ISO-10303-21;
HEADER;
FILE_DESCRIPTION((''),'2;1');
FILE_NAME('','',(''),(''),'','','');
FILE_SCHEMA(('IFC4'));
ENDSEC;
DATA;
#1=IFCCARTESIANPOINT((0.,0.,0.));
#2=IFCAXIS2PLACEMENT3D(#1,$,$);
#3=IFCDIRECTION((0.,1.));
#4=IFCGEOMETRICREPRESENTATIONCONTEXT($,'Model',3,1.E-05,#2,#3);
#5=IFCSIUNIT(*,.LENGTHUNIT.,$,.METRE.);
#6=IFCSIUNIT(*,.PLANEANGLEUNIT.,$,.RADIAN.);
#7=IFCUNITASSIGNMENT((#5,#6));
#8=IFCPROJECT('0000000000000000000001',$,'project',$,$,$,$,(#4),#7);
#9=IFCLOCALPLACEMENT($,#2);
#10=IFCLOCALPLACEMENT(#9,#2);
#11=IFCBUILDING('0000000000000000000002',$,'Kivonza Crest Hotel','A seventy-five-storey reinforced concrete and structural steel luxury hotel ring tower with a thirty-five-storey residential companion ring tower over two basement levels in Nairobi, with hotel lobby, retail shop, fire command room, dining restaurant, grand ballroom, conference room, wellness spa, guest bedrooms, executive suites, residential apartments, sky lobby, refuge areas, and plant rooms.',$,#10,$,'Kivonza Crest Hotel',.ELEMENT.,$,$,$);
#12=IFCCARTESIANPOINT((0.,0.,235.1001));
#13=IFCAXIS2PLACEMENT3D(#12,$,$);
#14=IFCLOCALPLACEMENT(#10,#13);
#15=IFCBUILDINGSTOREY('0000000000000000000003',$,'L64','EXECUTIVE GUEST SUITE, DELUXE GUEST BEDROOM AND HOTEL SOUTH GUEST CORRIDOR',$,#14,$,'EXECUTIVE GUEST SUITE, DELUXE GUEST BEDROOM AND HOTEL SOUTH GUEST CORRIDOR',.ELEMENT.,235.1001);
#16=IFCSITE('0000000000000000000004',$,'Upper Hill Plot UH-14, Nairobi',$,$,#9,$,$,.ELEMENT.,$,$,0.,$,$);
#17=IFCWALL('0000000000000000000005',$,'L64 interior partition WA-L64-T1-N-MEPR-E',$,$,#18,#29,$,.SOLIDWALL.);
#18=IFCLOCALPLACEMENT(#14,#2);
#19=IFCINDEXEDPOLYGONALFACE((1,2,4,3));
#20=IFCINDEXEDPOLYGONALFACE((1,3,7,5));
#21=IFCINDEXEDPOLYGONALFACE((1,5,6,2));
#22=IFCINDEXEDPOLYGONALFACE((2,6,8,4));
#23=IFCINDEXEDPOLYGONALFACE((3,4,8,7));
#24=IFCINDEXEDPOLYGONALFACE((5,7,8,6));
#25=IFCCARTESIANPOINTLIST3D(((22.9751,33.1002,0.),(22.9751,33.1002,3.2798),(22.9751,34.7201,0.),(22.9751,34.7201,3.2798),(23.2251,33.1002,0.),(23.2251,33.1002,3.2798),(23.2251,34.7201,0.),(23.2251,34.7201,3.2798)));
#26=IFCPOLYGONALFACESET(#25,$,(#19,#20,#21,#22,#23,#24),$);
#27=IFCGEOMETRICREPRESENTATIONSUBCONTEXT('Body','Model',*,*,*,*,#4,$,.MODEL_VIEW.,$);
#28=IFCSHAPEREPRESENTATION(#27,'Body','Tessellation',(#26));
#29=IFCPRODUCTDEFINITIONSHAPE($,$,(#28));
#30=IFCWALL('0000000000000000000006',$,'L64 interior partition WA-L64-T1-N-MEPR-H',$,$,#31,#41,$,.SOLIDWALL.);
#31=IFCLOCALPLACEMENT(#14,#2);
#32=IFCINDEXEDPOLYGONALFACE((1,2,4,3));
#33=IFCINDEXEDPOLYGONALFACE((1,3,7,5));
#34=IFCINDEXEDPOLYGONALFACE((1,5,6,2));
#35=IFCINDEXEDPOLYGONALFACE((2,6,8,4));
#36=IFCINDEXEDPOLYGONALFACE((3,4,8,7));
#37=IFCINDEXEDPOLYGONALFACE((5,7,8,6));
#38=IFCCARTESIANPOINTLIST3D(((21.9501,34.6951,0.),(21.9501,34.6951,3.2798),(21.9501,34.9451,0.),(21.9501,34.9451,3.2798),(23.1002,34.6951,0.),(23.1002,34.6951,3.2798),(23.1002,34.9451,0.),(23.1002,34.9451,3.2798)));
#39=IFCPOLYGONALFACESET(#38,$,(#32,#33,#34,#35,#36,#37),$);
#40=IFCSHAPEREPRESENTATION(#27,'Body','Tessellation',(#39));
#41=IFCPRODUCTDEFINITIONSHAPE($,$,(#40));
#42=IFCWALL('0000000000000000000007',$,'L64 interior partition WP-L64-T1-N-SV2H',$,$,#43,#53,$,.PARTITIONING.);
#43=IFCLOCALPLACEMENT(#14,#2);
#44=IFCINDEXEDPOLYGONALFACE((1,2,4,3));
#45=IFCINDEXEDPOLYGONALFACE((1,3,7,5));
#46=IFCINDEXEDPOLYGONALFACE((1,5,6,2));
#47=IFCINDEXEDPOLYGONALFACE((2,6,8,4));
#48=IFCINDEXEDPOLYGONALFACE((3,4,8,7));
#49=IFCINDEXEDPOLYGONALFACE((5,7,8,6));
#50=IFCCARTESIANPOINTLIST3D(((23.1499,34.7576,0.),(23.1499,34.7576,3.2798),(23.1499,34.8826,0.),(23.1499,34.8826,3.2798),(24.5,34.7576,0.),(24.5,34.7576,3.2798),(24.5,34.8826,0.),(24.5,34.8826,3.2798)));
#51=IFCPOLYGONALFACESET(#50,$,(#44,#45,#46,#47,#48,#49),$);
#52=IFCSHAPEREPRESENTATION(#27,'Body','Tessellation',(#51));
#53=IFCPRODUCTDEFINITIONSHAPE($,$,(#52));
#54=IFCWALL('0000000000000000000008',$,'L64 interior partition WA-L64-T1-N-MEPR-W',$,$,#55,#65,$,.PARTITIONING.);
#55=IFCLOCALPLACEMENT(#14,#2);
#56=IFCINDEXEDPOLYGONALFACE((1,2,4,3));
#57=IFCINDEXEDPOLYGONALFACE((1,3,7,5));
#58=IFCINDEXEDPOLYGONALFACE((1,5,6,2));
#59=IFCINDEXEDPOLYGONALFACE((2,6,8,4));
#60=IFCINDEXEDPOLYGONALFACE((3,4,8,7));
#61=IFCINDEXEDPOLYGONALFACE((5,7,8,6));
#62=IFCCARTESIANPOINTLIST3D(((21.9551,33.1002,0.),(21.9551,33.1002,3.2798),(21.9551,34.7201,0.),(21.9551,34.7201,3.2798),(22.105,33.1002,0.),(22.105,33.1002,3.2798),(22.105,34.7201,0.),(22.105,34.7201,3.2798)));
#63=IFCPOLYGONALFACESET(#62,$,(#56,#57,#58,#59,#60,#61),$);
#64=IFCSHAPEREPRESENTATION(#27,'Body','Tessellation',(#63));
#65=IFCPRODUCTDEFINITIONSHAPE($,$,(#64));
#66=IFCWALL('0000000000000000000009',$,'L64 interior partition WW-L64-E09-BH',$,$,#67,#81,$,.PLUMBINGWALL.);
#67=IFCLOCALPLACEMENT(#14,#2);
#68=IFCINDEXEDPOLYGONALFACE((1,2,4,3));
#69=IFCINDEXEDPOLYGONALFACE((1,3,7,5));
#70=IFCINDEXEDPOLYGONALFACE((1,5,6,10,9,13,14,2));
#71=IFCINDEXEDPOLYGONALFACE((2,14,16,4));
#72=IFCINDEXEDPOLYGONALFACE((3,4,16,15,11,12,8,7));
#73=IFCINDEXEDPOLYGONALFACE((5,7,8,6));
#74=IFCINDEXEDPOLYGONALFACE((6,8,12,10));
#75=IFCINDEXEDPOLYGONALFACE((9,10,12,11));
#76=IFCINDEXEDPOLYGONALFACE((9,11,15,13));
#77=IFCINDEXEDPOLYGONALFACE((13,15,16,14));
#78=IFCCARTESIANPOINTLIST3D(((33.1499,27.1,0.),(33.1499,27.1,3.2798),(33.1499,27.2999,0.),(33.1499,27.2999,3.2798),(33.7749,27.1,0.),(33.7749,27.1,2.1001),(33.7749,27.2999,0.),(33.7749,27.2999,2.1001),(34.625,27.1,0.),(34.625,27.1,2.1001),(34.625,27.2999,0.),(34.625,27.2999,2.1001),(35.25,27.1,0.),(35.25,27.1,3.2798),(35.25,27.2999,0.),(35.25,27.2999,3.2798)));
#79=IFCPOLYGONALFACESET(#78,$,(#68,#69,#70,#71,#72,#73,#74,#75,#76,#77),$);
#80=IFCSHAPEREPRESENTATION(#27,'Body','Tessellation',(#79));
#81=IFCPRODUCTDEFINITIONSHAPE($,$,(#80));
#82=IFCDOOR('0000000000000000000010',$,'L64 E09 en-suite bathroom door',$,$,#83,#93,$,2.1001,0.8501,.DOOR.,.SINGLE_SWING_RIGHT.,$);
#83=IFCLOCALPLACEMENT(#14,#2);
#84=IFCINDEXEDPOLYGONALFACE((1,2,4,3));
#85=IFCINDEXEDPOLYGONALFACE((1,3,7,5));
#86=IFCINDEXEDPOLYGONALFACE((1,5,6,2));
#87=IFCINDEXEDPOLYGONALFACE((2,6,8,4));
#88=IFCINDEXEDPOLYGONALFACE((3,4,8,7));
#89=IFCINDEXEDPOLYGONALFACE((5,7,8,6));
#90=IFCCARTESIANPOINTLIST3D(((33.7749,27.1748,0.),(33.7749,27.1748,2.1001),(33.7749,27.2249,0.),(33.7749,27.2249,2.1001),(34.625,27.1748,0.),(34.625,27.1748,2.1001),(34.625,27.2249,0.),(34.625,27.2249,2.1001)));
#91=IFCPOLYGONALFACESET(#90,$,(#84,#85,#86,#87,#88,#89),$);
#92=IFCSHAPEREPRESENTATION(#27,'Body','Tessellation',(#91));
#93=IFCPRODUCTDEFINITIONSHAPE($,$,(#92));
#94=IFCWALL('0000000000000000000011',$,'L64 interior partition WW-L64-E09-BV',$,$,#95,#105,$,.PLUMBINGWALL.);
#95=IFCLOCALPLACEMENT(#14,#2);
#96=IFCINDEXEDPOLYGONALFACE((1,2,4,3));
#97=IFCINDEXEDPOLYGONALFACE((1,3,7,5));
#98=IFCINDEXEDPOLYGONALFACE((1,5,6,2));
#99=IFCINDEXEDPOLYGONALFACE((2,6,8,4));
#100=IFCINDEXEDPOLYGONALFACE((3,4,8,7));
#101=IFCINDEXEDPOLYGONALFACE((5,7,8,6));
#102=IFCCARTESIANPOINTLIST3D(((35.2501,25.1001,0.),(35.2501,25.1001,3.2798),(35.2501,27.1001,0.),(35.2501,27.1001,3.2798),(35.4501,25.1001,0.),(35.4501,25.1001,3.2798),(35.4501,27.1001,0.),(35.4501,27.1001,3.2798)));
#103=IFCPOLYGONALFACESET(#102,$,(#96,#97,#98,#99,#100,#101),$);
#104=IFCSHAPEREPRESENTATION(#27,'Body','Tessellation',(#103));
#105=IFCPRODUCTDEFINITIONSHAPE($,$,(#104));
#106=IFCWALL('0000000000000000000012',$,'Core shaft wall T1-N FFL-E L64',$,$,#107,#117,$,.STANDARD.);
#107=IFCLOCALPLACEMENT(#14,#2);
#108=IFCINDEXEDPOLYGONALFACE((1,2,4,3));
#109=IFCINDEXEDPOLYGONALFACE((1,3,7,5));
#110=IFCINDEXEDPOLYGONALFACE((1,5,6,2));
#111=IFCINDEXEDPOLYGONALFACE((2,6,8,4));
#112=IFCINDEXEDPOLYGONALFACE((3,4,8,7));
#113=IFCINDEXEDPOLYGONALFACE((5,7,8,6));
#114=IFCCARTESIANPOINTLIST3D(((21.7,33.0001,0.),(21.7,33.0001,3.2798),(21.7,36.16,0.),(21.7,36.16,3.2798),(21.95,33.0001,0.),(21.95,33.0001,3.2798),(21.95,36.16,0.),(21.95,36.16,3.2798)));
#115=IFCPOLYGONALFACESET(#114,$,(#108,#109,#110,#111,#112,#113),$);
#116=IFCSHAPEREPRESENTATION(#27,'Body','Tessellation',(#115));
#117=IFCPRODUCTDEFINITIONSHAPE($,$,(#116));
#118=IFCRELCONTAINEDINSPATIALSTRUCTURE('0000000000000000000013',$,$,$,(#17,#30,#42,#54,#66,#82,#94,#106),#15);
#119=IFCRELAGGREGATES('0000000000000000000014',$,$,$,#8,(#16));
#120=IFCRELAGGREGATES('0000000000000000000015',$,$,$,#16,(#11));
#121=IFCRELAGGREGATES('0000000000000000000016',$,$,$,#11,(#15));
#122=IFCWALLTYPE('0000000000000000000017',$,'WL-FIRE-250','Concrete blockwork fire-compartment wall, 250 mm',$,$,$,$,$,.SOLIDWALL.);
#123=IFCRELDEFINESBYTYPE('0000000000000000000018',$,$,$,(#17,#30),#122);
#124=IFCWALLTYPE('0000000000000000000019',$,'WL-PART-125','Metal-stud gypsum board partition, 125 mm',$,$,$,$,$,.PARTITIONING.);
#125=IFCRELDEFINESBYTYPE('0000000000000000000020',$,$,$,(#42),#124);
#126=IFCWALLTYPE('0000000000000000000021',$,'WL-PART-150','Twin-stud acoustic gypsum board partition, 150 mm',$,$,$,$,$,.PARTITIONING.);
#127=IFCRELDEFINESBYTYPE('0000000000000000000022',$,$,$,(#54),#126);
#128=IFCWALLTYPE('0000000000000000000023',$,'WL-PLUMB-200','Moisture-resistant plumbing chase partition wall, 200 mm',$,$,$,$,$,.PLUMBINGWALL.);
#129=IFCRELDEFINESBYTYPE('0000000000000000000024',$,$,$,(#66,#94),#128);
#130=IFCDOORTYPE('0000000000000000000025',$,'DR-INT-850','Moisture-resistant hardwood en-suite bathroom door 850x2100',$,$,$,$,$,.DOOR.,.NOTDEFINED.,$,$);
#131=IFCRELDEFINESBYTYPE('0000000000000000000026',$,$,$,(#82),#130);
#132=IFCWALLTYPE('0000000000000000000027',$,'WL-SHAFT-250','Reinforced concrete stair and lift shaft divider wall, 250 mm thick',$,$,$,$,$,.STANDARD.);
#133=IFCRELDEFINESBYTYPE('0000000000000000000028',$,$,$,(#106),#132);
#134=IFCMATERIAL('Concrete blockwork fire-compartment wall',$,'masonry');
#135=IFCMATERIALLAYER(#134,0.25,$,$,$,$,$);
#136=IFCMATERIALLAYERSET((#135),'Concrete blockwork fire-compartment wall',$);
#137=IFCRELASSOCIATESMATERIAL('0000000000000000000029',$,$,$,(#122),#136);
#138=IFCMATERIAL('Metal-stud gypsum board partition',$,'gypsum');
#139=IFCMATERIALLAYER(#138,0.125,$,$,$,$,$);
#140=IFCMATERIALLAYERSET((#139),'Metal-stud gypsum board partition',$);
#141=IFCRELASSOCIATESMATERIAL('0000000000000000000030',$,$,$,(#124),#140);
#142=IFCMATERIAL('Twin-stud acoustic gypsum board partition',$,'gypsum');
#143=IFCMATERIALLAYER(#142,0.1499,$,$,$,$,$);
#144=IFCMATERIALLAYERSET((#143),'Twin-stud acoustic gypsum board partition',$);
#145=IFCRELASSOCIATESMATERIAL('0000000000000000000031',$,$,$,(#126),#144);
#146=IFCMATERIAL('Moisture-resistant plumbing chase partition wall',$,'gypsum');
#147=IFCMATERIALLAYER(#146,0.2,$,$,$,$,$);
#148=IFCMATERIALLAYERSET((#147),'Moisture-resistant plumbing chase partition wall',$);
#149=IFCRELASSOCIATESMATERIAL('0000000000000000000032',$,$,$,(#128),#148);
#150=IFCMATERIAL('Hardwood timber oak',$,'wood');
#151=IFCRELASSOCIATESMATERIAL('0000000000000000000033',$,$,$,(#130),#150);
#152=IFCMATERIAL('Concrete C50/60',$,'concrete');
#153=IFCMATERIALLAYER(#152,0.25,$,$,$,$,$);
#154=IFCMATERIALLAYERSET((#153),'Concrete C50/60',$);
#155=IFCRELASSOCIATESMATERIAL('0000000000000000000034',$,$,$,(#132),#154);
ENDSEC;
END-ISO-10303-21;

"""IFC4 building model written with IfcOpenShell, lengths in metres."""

from ifc_helpers import new_model, si_unit, direction, frame, frame_2d, origin, place, context, subcontext, project, spatial, rectangle, extrude, material, layer, layer_set, type_object, element, fill, save


model = new_model("IFC4")

# Units and contexts
model_context = context("Model", 3, precision=1e-05, world=origin(), true_north=direction((0.0, 1.0)))
body_context = subcontext(model_context, "Body", "Model", "MODEL_VIEW")
ifc_project = project(units=[si_unit("LENGTHUNIT", "METRE"), si_unit("PLANEANGLEUNIT", "RADIAN")], contexts=[model_context])

# Site, building, storey
site_placement = place(None, origin())
site = spatial("IfcSite", under=ifc_project, at=site_placement, Name="Upper Hill Plot UH-14, Nairobi", CompositionType="ELEMENT", RefElevation=0.0)
building_placement = place(site_placement, origin())
building = spatial("IfcBuilding", under=site, at=building_placement, Name="Kivonza Crest Hotel", Description="A seventy-five-storey reinforced concrete and structural steel luxury hotel ring tower with a thirty-five-storey residential companion ring tower over two basement levels in Nairobi, with hotel lobby, retail shop, fire command room, dining restaurant, grand ballroom, conference room, wellness spa, guest bedrooms, executive suites, residential apartments, sky lobby, refuge areas, and plant rooms.", LongName="Kivonza Crest Hotel", CompositionType="ELEMENT")
storey_placement = place(building_placement, frame((0.0, 0.0, 235.1001)))
storey = spatial("IfcBuildingStorey", under=building, at=storey_placement, Name="L64", Description="EXECUTIVE GUEST SUITE, DELUXE GUEST BEDROOM AND HOTEL SOUTH GUEST CORRIDOR", LongName="EXECUTIVE GUEST SUITE, DELUXE GUEST BEDROOM AND HOTEL SOUTH GUEST CORRIDOR", CompositionType="ELEMENT", Elevation=235.1001)

# Shared definitions
ifc_material_1 = material(Name="Concrete C50/60", Category="concrete")

# Shared definitions
ifc_material_2 = material(Name="Hardwood timber oak", Category="wood")

# Walls
ifc_material_3 = material(Name="Concrete blockwork fire-compartment wall", Category="masonry")
ifc_layer_1 = layer(ifc_material_3, 0.25)
ifc_layer_set_1 = layer_set([ifc_layer_1], Name="Concrete blockwork fire-compartment wall")
wall_type_1 = type_object("IfcWallType", Name="WL-FIRE-250", Description="Concrete blockwork fire-compartment wall, 250 mm", PredefinedType="SOLIDWALL", material=ifc_layer_set_1)
wall_1_placement = place(storey_placement, frame((23.1001, 33.1001, 0.0), z_axis=(0.0, 0.0, 1.0), x_axis=(0.0, 1.0, 0.0)))
element("IfcWall", 1, at=wall_1_placement, inside=storey, type_object=wall_type_1, Name="L64 interior partition WA-L64-T1-N-MEPR-E", PredefinedType="SOLIDWALL", context=body_context, shape_type="SweptSolid", body=[
    extrude(rectangle(XDim=1.6199, YDim=0.25, at=frame_2d((0.8101, 0.0))), origin(), (0.0, 0.0, 1.0), 3.2798),
])
wall_2_placement = place(storey_placement, frame((21.95, 34.8201, 0.0), z_axis=(0.0, 0.0, 1.0), x_axis=(1.0, 0.0, 0.0)))
element("IfcWall", 2, at=wall_2_placement, inside=storey, type_object=wall_type_1, Name="L64 interior partition WA-L64-T1-N-MEPR-H", PredefinedType="SOLIDWALL", context=body_context, shape_type="SweptSolid", body=[
    extrude(rectangle(XDim=1.1501, YDim=0.25, at=frame_2d((0.5752, 0.0))), origin(), (0.0, 0.0, 1.0), 3.2798),
])
ifc_material_4 = material(Name="Metal-stud gypsum board partition", Category="gypsum")
ifc_layer_2 = layer(ifc_material_4, 0.125)
ifc_layer_set_2 = layer_set([ifc_layer_2], Name="Metal-stud gypsum board partition")
wall_type_2 = type_object("IfcWallType", Name="WL-PART-125", Description="Metal-stud gypsum board partition, 125 mm", PredefinedType="PARTITIONING", material=ifc_layer_set_2)
wall_3_placement = place(storey_placement, frame((23.1499, 34.8201, 0.0), z_axis=(0.0, 0.0, 1.0), x_axis=(1.0, 0.0, 0.0)))
element("IfcWall", 3, at=wall_3_placement, inside=storey, type_object=wall_type_2, Name="L64 interior partition WP-L64-T1-N-SV2H", PredefinedType="PARTITIONING", context=body_context, shape_type="SweptSolid", body=[
    extrude(rectangle(XDim=1.3501, YDim=0.125, at=frame_2d((0.675, 0.0))), origin(), (0.0, 0.0, 1.0), 3.2798),
])
ifc_material_5 = material(Name="Twin-stud acoustic gypsum board partition", Category="gypsum")
ifc_layer_3 = layer(ifc_material_5, 0.1499)
ifc_layer_set_3 = layer_set([ifc_layer_3], Name="Twin-stud acoustic gypsum board partition")
wall_type_3 = type_object("IfcWallType", Name="WL-PART-150", Description="Twin-stud acoustic gypsum board partition, 150 mm", PredefinedType="PARTITIONING", material=ifc_layer_set_3)
wall_4_placement = place(storey_placement, frame((22.03, 33.1001, 0.0), z_axis=(0.0, 0.0, 1.0), x_axis=(0.0, 1.0, 0.0)))
element("IfcWall", 4, at=wall_4_placement, inside=storey, type_object=wall_type_3, Name="L64 interior partition WA-L64-T1-N-MEPR-W", PredefinedType="PARTITIONING", context=body_context, shape_type="SweptSolid", body=[
    extrude(rectangle(XDim=1.6199, YDim=0.1499, at=frame_2d((0.8101, 0.0))), origin(), (0.0, 0.0, 1.0), 3.2798),
])

# Wall, opening, door
ifc_material_6 = material(Name="Moisture-resistant plumbing chase partition wall", Category="gypsum")
ifc_layer_4 = layer(ifc_material_6, 0.2)
ifc_layer_set_4 = layer_set([ifc_layer_4], Name="Moisture-resistant plumbing chase partition wall")
wall_type_4 = type_object("IfcWallType", Name="WL-PLUMB-200", Description="Moisture-resistant plumbing chase partition wall, 200 mm", PredefinedType="PLUMBINGWALL", material=ifc_layer_set_4)
wall_5_placement = place(storey_placement, frame((33.1499, 27.2, 0.0), z_axis=(0.0, 0.0, 1.0), x_axis=(1.0, 0.0, 0.0)))
wall_5 = element("IfcWall", 5, at=wall_5_placement, inside=storey, type_object=wall_type_4, Name="L64 interior partition WW-L64-E09-BH", PredefinedType="PLUMBINGWALL", context=body_context, shape_type="SweptSolid", body=[
    extrude(rectangle(XDim=2.1001, YDim=0.2, at=frame_2d((1.05, 0.0))), origin(), (0.0, 0.0, 1.0), 3.2798),
])
opening_1_placement = place(wall_5_placement, frame((0.625, 0.0, 0.0)))
opening_1 = element("IfcOpeningElement", 6, at=opening_1_placement, cuts=wall_5, PredefinedType="OPENING", context=body_context, shape_type="SweptSolid", body=[
    extrude(rectangle(XDim=0.8501, YDim=2.1001, at=frame_2d((0.425, 1.05))), frame((0.0, 0.1099, 0.0), z_axis=(0.0, -1.0, 0.0), x_axis=(1.0, 0.0, 0.0)), (0.0, 0.0, 1.0), 0.22),
])
door_type_1 = type_object("IfcDoorType", Name="DR-INT-850", Description="Moisture-resistant hardwood en-suite bathroom door 850x2100", OperationType="NOTDEFINED", PredefinedType="DOOR", material=ifc_material_2)
door_1_placement = place(opening_1_placement, origin())
door_1 = element("IfcDoor", 7, at=door_1_placement, inside=storey, type_object=door_type_1, Name="L64 E09 en-suite bathroom door", OperationType="SINGLE_SWING_RIGHT", OverallHeight=2.1001, OverallWidth=0.8501, PredefinedType="DOOR", context=body_context, shape_type="SweptSolid", body=[
    extrude(rectangle(XDim=0.8501, YDim=2.1001, at=frame_2d((0.425, 1.05))), frame((0.0, 0.0249, 0.0), z_axis=(0.0, -1.0, 0.0), x_axis=(1.0, 0.0, 0.0)), (0.0, 0.0, 1.0), 0.05),
])
fill(opening_1, door_1)

# Walls
wall_6_placement = place(storey_placement, frame((35.3501, 25.1001, 0.0), z_axis=(0.0, 0.0, 1.0), x_axis=(0.0, 1.0, 0.0)))
element("IfcWall", 8, at=wall_6_placement, inside=storey, type_object=wall_type_4, Name="L64 interior partition WW-L64-E09-BV", PredefinedType="PLUMBINGWALL", context=body_context, shape_type="SweptSolid", body=[
    extrude(rectangle(XDim=2.0, YDim=0.2, at=frame_2d((1.0, 0.0))), origin(), (0.0, 0.0, 1.0), 3.2798),
])
ifc_layer_5 = layer(ifc_material_1, 0.25)
ifc_layer_set_5 = layer_set([ifc_layer_5], Name="Concrete C50/60")
wall_type_5 = type_object("IfcWallType", Name="WL-SHAFT-250", Description="Reinforced concrete stair and lift shaft divider wall, 250 mm thick", PredefinedType="STANDARD", material=ifc_layer_set_5)
wall_7_placement = place(storey_placement, frame((21.825, 33.0, 0.0), z_axis=(0.0, 0.0, 1.0), x_axis=(0.0, 1.0, 0.0)))
element("IfcWall", 9, at=wall_7_placement, inside=storey, type_object=wall_type_5, Name="Core shaft wall T1-N FFL-E L64", PredefinedType="STANDARD", context=body_context, shape_type="SweptSolid", body=[
    extrude(rectangle(XDim=3.1599, YDim=0.25, at=frame_2d((1.5801, 0.0))), origin(), (0.0, 0.0, 1.0), 3.2798),
])

save(model, "model.ifc")
